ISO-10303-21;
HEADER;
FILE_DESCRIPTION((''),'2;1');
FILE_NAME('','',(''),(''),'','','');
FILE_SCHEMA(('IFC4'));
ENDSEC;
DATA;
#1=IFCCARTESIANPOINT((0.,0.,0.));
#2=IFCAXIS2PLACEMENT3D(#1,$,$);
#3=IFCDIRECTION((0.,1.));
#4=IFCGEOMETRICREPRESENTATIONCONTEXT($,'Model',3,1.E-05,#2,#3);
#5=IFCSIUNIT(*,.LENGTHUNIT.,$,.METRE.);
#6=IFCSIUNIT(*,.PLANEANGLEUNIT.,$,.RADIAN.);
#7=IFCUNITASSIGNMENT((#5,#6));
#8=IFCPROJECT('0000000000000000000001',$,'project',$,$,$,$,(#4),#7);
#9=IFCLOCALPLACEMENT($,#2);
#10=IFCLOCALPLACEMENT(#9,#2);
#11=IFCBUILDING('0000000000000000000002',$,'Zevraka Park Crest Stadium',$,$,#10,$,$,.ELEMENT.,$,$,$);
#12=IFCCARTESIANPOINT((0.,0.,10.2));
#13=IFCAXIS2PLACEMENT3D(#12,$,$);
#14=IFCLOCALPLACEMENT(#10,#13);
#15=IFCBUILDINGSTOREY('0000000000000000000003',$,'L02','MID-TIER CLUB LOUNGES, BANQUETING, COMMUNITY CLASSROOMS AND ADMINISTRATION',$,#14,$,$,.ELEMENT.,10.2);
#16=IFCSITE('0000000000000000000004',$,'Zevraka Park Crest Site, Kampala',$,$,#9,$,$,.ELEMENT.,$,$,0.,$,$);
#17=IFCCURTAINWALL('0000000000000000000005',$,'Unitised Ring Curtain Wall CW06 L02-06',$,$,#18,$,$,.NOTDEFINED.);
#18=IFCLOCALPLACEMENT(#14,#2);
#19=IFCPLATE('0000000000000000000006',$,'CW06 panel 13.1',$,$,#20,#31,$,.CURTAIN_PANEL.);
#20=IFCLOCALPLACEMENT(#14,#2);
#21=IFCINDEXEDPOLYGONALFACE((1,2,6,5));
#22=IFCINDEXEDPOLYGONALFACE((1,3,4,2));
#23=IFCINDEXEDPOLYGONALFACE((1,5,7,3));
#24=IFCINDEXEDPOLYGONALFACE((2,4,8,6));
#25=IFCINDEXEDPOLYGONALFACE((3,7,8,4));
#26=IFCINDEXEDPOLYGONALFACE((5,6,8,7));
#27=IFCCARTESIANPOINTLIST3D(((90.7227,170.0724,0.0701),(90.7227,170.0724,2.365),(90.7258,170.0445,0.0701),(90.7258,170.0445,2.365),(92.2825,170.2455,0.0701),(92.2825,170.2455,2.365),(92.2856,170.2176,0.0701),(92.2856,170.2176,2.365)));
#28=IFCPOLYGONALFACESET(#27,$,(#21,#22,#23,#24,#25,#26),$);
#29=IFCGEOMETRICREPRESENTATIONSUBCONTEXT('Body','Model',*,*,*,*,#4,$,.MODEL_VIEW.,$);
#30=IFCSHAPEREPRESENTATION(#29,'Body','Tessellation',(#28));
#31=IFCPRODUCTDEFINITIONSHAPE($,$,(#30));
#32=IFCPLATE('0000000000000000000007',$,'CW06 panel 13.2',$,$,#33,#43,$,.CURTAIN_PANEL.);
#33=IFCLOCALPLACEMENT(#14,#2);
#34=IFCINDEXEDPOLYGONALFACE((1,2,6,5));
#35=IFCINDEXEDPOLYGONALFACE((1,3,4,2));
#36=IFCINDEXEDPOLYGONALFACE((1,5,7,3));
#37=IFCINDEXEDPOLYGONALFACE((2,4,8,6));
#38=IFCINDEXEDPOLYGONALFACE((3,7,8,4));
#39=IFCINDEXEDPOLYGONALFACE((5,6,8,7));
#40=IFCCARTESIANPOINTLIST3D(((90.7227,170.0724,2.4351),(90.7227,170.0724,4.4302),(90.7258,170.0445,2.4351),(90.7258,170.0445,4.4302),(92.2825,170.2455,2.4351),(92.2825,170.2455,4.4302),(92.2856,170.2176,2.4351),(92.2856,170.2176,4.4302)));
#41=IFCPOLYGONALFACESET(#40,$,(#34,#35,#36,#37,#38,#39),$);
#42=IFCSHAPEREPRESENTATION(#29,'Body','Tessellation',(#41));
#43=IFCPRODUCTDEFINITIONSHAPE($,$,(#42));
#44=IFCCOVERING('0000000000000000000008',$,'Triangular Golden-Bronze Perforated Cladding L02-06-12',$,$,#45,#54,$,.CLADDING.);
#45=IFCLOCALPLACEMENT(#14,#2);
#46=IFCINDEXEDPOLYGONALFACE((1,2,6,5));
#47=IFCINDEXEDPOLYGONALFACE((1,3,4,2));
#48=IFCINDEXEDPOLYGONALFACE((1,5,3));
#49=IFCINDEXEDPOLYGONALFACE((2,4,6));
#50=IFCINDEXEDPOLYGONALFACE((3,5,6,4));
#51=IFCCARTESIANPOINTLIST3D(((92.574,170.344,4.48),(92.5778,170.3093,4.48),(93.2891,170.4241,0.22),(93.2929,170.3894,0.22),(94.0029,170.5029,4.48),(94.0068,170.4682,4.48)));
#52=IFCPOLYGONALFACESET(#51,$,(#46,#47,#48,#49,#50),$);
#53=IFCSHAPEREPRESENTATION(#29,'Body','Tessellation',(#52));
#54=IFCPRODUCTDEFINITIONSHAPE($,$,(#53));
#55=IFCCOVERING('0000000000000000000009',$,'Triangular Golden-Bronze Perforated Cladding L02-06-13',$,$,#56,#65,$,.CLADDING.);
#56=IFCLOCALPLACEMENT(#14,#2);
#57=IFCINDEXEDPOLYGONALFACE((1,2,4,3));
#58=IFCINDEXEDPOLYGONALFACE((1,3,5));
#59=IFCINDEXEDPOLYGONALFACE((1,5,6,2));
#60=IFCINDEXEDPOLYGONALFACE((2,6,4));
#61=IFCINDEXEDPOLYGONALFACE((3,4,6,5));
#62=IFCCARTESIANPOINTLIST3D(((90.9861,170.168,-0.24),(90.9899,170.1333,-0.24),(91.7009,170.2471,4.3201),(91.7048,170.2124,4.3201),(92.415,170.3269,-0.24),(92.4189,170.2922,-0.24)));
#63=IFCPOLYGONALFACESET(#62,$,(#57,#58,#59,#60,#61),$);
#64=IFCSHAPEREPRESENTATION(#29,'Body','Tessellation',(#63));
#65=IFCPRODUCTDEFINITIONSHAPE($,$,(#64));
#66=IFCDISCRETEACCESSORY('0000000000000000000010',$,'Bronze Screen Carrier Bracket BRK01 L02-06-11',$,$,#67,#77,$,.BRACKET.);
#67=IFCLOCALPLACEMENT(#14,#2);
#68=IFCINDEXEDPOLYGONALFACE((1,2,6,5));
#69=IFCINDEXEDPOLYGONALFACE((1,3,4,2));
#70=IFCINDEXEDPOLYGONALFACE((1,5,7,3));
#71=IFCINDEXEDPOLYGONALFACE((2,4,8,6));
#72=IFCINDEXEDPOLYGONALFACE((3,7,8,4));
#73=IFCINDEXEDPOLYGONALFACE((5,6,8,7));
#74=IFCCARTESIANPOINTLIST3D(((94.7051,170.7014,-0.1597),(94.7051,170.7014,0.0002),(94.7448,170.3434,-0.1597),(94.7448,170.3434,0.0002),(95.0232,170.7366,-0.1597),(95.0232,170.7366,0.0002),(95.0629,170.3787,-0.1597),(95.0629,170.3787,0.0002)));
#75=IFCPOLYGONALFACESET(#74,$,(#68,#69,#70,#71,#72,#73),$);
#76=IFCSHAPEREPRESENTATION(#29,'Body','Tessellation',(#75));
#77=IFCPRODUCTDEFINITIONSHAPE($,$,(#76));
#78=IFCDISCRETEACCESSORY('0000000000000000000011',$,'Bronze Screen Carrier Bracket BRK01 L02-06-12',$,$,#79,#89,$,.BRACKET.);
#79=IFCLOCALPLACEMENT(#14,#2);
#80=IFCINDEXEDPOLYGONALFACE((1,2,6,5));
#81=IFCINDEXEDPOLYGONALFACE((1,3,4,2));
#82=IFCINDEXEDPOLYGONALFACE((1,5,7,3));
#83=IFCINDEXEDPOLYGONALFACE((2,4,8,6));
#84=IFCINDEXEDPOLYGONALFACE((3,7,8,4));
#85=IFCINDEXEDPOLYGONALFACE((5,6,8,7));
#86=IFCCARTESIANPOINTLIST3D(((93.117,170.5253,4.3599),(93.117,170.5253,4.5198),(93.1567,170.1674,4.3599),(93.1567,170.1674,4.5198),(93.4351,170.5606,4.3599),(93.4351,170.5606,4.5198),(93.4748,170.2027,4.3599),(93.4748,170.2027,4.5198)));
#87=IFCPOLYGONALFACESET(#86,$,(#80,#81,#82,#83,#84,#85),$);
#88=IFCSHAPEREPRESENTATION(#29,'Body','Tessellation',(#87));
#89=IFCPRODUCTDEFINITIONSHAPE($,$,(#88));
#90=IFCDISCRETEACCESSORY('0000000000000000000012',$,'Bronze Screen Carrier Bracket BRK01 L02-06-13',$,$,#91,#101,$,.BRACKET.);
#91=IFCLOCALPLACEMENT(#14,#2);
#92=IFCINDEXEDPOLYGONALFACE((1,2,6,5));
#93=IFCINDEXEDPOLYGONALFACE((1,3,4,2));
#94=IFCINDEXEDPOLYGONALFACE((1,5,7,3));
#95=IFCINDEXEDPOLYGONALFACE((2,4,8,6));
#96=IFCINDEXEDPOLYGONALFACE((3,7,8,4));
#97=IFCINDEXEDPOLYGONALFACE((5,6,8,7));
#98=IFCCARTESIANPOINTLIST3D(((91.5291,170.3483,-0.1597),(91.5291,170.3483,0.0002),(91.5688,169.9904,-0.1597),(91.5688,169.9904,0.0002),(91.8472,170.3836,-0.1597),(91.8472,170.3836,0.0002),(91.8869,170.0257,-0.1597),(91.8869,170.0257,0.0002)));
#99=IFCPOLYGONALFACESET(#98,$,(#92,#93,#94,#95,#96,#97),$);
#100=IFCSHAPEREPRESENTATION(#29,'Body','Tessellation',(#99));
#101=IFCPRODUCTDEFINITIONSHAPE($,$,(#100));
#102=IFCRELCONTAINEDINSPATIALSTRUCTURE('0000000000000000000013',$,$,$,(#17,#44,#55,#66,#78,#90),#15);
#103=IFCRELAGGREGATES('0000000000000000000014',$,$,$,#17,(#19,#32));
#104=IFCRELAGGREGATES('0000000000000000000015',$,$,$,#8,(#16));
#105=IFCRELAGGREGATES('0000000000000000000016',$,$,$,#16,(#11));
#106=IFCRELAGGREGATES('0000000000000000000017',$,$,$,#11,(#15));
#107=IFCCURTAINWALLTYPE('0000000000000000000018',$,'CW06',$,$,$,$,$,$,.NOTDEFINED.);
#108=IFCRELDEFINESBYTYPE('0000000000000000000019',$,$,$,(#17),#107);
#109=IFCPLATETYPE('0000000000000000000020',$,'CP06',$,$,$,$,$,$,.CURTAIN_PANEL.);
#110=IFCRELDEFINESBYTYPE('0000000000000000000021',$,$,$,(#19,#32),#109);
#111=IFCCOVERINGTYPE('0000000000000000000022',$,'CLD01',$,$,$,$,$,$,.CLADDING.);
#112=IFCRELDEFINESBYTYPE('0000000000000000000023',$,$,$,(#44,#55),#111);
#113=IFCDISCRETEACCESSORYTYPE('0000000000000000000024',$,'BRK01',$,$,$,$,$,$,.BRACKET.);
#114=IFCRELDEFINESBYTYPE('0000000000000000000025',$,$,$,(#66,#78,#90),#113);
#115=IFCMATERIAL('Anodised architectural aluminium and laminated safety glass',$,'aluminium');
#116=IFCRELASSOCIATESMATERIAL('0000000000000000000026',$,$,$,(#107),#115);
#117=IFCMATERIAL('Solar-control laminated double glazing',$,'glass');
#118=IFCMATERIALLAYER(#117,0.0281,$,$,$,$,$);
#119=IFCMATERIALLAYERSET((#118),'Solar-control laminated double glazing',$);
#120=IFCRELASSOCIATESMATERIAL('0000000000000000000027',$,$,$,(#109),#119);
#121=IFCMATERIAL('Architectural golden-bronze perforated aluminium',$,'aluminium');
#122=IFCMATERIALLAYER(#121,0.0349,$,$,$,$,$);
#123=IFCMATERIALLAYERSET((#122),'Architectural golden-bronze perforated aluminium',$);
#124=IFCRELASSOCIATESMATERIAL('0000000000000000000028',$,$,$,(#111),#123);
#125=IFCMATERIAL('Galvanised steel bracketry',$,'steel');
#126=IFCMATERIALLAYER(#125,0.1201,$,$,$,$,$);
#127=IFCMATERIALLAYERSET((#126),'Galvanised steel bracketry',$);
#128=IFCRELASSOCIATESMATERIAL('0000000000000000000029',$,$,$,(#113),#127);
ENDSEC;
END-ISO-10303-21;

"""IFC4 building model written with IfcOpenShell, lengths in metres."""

from ifc_helpers import new_model, si_unit, direction, frame, origin, origin_2d, place, context, subcontext, project, spatial, polyline, rectangle, outline, extrude, material, layer, layer_set, type_object, element, aggregate, save


model = new_model("IFC4")

# Units and contexts
model_context = context("Model", 3, precision=1e-05, world=origin(), true_north=direction((0.0, 1.0)))
body_context = subcontext(model_context, "Body", "Model", "MODEL_VIEW")
ifc_project = project(units=[si_unit("LENGTHUNIT", "METRE"), si_unit("PLANEANGLEUNIT", "RADIAN")], contexts=[model_context])

# Site, building, storey
site_placement = place(None, origin())
site = spatial("IfcSite", under=ifc_project, at=site_placement, Name="Zevraka Park Crest Site, Kampala", CompositionType="ELEMENT", RefElevation=0.0)
building_placement = place(site_placement, origin())
building = spatial("IfcBuilding", under=site, at=building_placement, Name="Zevraka Park Crest Stadium", CompositionType="ELEMENT")
storey_placement = place(building_placement, frame((0.0, 0.0, 10.2)))
storey = spatial("IfcBuildingStorey", under=building, at=storey_placement, Name="L02", Description="MID-TIER CLUB LOUNGES, BANQUETING, COMMUNITY CLASSROOMS AND ADMINISTRATION", CompositionType="ELEMENT", Elevation=10.2)

# Curtain wall, plates
ifc_material_1 = material(Name="Anodised architectural aluminium and laminated safety glass", Category="aluminium")
curtain_wall_type = type_object("IfcCurtainWallType", Name="CW06", PredefinedType="NOTDEFINED", material=ifc_material_1)
curtain_wall_placement = place(storey_placement, origin())
curtain_wall = element("IfcCurtainWall", 1, at=curtain_wall_placement, inside=storey, type_object=curtain_wall_type, Name="Unitised Ring Curtain Wall CW06 L02-06", PredefinedType="NOTDEFINED")
ifc_material_2 = material(Name="Solar-control laminated double glazing", Category="glass")
ifc_layer_1 = layer(ifc_material_2, 0.0281)
ifc_layer_set_1 = layer_set([ifc_layer_1], Name="Solar-control laminated double glazing")
plate_type = type_object("IfcPlateType", Name="CP06", PredefinedType="CURTAIN_PANEL", material=ifc_layer_set_1)
plate_1_placement = place(storey_placement, frame((91.5042, 170.145, 0.0701), z_axis=(0.0, 0.0, 1.0), x_axis=(-0.993899, -0.110293, 0.0)))
plate_1 = element("IfcPlate", 2, at=plate_1_placement, type_object=plate_type, Name="CW06 panel 13.1", PredefinedType="CURTAIN_PANEL", context=body_context, shape_type="SweptSolid", body=[
    extrude(rectangle(XDim=1.5693, YDim=0.0281, at=origin_2d()), origin(), (0.0, 0.0, 1.0), 2.2949),
])
plate_2_placement = place(storey_placement, frame((91.5042, 170.145, 2.4351), z_axis=(0.0, 0.0, 1.0), x_axis=(-0.993899, -0.110293, 0.0)))
plate_2 = element("IfcPlate", 3, at=plate_2_placement, type_object=plate_type, Name="CW06 panel 13.2", PredefinedType="CURTAIN_PANEL", context=body_context, shape_type="SweptSolid", body=[
    extrude(rectangle(XDim=1.5693, YDim=0.0281, at=origin_2d()), origin(), (0.0, 0.0, 1.0), 1.9951),
])
aggregate(curtain_wall, [plate_1, plate_2])

# Coverings
ifc_material_3 = material(Name="Architectural golden-bronze perforated aluminium", Category="aluminium")
ifc_layer_2 = layer(ifc_material_3, 0.0349)
ifc_layer_set_2 = layer_set([ifc_layer_2], Name="Architectural golden-bronze perforated aluminium")
covering_type = type_object("IfcCoveringType", Name="CLD01", PredefinedType="CLADDING", material=ifc_layer_set_2)
covering_1_placement = place(storey_placement, frame((92.574, 170.344, 4.48), z_axis=(-0.110543, 0.993871, 0.000127), x_axis=(0.993871, 0.110543, 0.0)))
element("IfcCovering", 4, at=covering_1_placement, inside=storey, type_object=covering_type, Name="Triangular Golden-Bronze Perforated Cladding L02-06-12", PredefinedType="CLADDING", context=body_context, shape_type="SweptSolid", body=[
    extrude(outline(polyline([(0.0, 0.0), (1.4378, 0.0), (0.7196, 4.26), (0.0, 0.0)])), origin(), (0.0, 0.0, -1.0), 0.0349),
])
covering_2_placement = place(storey_placement, frame((92.415, 170.3269, -0.24), z_axis=(-0.110543, 0.993871, 0.000089), x_axis=(-0.993871, -0.110543, 0.0)))
element("IfcCovering", 5, at=covering_2_placement, inside=storey, type_object=covering_type, Name="Triangular Golden-Bronze Perforated Cladding L02-06-13", PredefinedType="CLADDING", context=body_context, shape_type="SweptSolid", body=[
    extrude(outline(polyline([(0.0, 0.0), (1.4378, 0.0), (0.7186, 4.5601), (0.0, 0.0)])), origin(), (0.0, 0.0, -1.0), 0.0349),
])

# Discrete accessories
ifc_material_4 = material(Name="Galvanised steel bracketry", Category="steel")
ifc_layer_3 = layer(ifc_material_4, 0.1201)
ifc_layer_set_3 = layer_set([ifc_layer_3], Name="Galvanised steel bracketry")
discrete_accessory_type = type_object("IfcDiscreteAccessoryType", Name="BRK01", PredefinedType="BRACKET", material=ifc_layer_set_3)
for number, where, z_axis, x_axis, name in (
    (6, (94.884, 170.54, -0.1597), (0.0, 0.0, 1.0), (-0.993903, -0.110255, 0.0), "Bronze Screen Carrier Bracket BRK01 L02-06-11"),
    (7, (93.2959, 170.364, 4.3599), (0.0, 0.0, 1.0), (-0.993903, -0.110255, 0.0), "Bronze Screen Carrier Bracket BRK01 L02-06-12"),
    (8, (91.708, 170.187, -0.1597), (0.0, 0.0, 1.0), (-0.993903, -0.110255, 0.0), "Bronze Screen Carrier Bracket BRK01 L02-06-13"),
):
    element("IfcDiscreteAccessory", number, at=place(storey_placement, frame(where, z_axis=z_axis, x_axis=x_axis)), inside=storey, type_object=discrete_accessory_type, Name=name, PredefinedType="BRACKET", context=body_context, shape_type="SweptSolid", body=[
        extrude(rectangle(XDim=0.3201, YDim=0.3601, at=origin_2d()), origin(), (0.0, 0.0, 1.0), 0.1599),
    ])

save(model, "model.ifc")
